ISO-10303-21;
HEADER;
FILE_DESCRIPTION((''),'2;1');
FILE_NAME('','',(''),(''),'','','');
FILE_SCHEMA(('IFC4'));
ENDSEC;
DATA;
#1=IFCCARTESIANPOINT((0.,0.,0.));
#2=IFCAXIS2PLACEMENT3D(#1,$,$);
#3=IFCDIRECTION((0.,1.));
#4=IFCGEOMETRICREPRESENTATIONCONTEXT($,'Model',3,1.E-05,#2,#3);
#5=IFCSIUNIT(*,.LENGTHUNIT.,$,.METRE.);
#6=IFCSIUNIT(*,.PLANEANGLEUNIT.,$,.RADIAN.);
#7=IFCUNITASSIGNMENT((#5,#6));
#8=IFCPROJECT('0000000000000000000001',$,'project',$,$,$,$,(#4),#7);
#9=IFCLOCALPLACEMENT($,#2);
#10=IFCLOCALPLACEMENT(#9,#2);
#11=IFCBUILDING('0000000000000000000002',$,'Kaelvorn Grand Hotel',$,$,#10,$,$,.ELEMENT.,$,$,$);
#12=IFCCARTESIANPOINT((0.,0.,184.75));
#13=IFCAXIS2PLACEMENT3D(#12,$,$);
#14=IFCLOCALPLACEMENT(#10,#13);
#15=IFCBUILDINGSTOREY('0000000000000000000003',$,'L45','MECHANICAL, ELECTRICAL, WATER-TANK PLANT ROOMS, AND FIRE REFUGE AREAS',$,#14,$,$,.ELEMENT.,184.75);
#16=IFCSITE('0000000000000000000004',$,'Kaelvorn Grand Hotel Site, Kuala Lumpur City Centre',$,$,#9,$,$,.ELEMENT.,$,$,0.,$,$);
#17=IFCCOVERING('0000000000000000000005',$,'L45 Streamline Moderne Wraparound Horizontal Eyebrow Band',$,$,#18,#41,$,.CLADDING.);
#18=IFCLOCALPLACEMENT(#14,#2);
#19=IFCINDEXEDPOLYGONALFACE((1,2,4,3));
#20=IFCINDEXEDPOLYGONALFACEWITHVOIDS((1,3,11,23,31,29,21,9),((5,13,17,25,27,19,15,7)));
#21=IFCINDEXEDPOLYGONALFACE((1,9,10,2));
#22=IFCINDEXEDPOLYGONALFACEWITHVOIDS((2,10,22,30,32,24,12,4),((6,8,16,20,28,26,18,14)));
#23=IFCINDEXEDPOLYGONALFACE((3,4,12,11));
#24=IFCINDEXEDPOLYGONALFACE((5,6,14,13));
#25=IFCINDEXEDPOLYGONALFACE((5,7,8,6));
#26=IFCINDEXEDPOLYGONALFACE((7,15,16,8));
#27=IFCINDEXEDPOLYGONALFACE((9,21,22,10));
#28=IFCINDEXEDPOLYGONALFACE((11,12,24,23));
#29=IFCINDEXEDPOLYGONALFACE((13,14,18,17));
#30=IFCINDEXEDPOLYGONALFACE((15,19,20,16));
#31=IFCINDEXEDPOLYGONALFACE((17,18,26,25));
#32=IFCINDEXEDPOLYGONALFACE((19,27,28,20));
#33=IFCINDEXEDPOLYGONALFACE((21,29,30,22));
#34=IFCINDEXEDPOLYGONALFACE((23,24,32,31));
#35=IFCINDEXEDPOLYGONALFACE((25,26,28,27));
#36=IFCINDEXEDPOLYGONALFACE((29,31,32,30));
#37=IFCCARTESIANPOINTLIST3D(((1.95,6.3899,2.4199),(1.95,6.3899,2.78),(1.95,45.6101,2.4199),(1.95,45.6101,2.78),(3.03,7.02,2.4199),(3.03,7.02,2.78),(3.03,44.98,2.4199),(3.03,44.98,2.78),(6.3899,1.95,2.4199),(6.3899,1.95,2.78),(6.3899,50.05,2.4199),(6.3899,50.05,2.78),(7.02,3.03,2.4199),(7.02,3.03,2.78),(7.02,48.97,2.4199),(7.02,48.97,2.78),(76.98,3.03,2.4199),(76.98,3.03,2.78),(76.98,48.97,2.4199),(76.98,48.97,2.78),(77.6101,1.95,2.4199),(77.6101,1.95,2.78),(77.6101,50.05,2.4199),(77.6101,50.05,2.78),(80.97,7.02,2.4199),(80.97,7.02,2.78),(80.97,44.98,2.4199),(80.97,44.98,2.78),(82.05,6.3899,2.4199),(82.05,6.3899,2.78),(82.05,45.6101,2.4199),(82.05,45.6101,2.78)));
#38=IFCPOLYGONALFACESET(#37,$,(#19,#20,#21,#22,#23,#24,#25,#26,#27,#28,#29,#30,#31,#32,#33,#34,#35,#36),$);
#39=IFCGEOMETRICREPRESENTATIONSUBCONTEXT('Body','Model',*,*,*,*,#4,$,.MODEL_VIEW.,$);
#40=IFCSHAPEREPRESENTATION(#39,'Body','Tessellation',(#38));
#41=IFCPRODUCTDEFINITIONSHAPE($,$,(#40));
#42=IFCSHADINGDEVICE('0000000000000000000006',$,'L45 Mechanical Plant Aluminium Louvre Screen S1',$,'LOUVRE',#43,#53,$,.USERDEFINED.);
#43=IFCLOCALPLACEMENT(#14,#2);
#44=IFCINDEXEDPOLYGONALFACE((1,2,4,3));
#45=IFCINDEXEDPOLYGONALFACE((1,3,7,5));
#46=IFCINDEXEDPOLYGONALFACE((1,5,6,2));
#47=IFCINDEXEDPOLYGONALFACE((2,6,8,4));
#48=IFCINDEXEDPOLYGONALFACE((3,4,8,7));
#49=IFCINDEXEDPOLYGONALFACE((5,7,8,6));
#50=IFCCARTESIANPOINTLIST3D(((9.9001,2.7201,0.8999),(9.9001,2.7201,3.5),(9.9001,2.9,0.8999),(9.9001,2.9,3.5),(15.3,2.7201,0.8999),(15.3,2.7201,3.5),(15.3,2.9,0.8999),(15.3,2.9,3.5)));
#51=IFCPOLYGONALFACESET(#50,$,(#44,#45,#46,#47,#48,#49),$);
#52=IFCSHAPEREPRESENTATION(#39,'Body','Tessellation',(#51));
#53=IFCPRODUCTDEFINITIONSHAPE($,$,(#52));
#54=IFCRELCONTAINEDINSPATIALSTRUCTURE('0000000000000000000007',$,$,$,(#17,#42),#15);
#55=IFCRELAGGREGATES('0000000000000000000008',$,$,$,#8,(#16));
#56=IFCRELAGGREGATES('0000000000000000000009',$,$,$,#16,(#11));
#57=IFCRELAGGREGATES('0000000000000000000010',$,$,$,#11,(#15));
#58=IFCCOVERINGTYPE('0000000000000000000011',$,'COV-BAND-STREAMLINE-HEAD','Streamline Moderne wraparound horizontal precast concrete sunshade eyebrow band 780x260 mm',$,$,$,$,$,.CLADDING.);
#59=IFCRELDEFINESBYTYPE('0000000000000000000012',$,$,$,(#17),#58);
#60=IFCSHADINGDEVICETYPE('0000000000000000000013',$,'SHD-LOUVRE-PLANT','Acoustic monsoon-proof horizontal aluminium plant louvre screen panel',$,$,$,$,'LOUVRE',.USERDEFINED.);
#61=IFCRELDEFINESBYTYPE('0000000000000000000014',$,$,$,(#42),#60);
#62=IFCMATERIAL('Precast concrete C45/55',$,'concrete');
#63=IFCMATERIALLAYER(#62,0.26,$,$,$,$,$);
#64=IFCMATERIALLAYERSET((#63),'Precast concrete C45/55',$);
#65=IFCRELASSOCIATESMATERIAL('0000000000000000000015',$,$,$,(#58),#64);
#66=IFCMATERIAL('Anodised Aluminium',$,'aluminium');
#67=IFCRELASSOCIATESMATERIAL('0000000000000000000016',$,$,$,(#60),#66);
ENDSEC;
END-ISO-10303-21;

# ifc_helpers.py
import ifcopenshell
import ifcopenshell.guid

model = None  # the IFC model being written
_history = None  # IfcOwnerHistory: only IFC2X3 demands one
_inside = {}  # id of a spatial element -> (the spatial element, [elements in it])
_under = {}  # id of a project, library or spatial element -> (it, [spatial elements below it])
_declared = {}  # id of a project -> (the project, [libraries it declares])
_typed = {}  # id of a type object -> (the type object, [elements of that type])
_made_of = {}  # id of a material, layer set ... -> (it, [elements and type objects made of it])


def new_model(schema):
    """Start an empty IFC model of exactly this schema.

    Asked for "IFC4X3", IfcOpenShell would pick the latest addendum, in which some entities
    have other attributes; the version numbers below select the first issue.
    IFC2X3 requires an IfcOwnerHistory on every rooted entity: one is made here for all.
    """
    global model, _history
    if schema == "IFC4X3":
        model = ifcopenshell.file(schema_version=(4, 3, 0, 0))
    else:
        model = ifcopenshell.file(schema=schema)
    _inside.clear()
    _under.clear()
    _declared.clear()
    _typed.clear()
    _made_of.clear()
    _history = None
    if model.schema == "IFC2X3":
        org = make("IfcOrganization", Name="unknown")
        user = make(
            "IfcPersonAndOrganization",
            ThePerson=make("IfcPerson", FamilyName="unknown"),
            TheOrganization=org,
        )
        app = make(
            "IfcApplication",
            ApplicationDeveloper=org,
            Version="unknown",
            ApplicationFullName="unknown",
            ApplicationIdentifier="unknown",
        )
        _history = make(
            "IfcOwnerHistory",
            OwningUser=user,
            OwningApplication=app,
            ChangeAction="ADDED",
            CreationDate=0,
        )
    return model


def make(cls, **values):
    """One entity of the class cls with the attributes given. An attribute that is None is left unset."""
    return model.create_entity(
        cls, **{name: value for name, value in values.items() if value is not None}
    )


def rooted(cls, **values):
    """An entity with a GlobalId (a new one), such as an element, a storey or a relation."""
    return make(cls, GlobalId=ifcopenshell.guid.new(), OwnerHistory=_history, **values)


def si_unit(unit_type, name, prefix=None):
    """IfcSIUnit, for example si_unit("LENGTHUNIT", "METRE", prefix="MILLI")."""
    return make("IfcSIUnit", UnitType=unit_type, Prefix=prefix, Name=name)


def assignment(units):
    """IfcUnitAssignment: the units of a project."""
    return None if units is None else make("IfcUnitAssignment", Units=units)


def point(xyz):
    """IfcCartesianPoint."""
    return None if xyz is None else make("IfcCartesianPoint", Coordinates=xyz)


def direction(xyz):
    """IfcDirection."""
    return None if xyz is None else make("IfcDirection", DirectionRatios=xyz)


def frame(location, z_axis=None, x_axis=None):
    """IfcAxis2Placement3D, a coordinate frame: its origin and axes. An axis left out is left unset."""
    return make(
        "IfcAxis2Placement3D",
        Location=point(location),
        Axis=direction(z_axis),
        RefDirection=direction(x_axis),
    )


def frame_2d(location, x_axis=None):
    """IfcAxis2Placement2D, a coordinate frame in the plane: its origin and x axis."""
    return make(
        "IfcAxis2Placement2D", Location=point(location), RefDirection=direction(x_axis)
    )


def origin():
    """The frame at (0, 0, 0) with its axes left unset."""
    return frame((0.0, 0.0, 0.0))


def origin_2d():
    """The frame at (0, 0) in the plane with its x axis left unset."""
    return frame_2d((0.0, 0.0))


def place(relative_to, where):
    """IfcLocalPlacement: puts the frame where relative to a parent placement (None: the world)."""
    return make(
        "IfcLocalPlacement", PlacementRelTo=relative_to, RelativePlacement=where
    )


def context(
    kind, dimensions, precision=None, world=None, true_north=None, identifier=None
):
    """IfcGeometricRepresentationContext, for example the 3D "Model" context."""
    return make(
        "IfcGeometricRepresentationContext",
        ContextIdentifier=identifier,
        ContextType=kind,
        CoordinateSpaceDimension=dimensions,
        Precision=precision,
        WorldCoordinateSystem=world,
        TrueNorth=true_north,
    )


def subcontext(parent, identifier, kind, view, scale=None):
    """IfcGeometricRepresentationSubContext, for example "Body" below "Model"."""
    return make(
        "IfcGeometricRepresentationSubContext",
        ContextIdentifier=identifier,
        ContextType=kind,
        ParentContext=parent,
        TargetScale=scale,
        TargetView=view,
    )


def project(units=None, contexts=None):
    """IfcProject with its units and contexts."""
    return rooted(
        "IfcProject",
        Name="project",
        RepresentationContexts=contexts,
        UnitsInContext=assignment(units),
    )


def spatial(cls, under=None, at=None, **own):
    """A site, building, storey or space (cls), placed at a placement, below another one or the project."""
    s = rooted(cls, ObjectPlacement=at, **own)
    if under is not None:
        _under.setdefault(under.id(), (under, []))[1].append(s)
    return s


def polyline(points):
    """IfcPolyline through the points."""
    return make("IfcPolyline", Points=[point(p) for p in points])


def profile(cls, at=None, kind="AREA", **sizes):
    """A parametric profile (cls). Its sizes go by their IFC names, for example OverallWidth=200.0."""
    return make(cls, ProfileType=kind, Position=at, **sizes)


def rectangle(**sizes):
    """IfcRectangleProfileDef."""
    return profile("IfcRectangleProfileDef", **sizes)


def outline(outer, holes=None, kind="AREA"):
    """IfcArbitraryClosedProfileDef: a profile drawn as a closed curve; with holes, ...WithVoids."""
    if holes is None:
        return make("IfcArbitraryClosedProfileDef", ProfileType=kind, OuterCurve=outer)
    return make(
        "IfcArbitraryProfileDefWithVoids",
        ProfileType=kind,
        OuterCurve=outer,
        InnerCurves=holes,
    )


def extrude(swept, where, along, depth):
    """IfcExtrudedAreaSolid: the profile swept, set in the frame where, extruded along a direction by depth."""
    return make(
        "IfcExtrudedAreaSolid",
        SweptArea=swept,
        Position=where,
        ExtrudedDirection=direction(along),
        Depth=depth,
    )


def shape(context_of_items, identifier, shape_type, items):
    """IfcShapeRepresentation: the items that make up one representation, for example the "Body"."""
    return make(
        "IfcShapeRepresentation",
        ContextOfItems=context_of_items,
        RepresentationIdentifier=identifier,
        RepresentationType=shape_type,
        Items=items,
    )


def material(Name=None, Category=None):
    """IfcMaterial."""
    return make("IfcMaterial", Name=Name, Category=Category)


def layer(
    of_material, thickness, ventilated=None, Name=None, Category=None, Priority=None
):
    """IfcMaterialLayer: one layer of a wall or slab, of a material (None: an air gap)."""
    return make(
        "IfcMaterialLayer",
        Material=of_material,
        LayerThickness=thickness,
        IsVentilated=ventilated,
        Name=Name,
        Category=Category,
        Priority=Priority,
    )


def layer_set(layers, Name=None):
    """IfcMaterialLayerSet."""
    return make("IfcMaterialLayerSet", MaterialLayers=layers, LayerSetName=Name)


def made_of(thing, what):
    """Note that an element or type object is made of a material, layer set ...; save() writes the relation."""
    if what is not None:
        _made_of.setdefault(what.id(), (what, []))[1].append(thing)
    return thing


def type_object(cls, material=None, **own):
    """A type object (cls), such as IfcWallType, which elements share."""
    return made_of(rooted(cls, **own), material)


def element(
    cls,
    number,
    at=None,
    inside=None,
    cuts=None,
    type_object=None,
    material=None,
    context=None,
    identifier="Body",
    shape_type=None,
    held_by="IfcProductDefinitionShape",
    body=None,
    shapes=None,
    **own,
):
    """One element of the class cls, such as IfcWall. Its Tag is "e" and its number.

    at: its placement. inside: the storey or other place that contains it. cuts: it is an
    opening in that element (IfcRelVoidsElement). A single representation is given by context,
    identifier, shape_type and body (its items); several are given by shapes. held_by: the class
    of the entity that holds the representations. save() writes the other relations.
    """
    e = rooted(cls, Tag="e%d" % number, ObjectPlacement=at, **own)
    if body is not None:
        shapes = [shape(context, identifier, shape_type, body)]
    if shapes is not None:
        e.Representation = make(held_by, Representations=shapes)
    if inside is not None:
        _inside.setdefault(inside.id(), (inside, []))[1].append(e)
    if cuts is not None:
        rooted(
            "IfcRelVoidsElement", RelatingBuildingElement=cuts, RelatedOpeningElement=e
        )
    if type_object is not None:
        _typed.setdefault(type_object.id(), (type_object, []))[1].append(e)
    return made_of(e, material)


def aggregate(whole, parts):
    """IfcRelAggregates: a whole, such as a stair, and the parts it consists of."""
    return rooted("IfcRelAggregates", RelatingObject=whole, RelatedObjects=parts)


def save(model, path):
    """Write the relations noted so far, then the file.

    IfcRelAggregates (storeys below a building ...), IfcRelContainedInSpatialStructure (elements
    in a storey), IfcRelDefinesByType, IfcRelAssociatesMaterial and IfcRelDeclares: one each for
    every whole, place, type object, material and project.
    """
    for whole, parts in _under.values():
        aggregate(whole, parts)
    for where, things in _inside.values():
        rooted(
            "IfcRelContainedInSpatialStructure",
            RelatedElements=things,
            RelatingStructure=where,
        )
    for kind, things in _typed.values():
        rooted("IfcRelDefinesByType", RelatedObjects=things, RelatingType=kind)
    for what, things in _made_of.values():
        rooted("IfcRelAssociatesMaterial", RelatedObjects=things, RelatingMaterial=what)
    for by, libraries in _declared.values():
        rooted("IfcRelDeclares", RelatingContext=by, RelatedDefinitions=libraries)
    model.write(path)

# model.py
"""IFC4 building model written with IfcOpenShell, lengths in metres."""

from ifc_helpers import new_model, si_unit, direction, frame, origin, origin_2d, place, context, subcontext, project, spatial, polyline, rectangle, outline, extrude, material, layer, layer_set, type_object, element, save


model = new_model("IFC4")

# Units and contexts
model_context = context("Model", 3, precision=1e-05, world=origin(), true_north=direction((0.0, 1.0)))
body_context = subcontext(model_context, "Body", "Model", "MODEL_VIEW")
ifc_project = project(units=[si_unit("LENGTHUNIT", "METRE"), si_unit("PLANEANGLEUNIT", "RADIAN")], contexts=[model_context])

# Site, building, storey
site_placement = place(None, origin())
site = spatial("IfcSite", under=ifc_project, at=site_placement, Name="Kaelvorn Grand Hotel Site, Kuala Lumpur City Centre", CompositionType="ELEMENT", RefElevation=0.0)
building_placement = place(site_placement, origin())
building = spatial("IfcBuilding", under=site, at=building_placement, Name="Kaelvorn Grand Hotel", CompositionType="ELEMENT")
storey_placement = place(building_placement, frame((0.0, 0.0, 184.75)))
storey = spatial("IfcBuildingStorey", under=building, at=storey_placement, Name="L45", Description="MECHANICAL, ELECTRICAL, WATER-TANK PLANT ROOMS, AND FIRE REFUGE AREAS", CompositionType="ELEMENT", Elevation=184.75)

# Covering
ifc_material_1 = material(Name="Precast concrete C45/55", Category="concrete")
ifc_layer_1 = layer(ifc_material_1, 0.26)
ifc_layer_set_1 = layer_set([ifc_layer_1], Name="Precast concrete C45/55")
covering_type = type_object("IfcCoveringType", Name="COV-BAND-STREAMLINE-HEAD", Description="Streamline Moderne wraparound horizontal precast concrete sunshade eyebrow band 780x260 mm", PredefinedType="CLADDING", material=ifc_layer_set_1)
covering_placement = place(storey_placement, frame((0.0, 0.0, 2.4199)))
element("IfcCovering", 1, at=covering_placement, inside=storey, type_object=covering_type, Name="L45 Streamline Moderne Wraparound Horizontal Eyebrow Band", PredefinedType="CLADDING", context=body_context, shape_type="SweptSolid", body=[
    extrude(outline(polyline([(6.3899, 1.95), (77.6101, 1.95), (82.05, 6.3899), (82.05, 45.6101), (77.6101, 50.05), (6.3899, 50.05), (1.95, 45.6101), (1.95, 6.3899), (6.3899, 1.95)]), holes=[polyline([(7.02, 3.03), (76.98, 3.03), (80.97, 7.02), (80.97, 44.98), (76.98, 48.97), (7.02, 48.97), (3.03, 44.98), (3.03, 7.02), (7.02, 3.03)])]), origin(), (0.0, 0.0, 1.0), 0.3601),
])

# Shading device
ifc_material_2 = material(Name="Anodised Aluminium", Category="aluminium")
shading_device_type = type_object("IfcShadingDeviceType", Name="SHD-LOUVRE-PLANT", Description="Acoustic monsoon-proof horizontal aluminium plant louvre screen panel", ElementType="LOUVRE", PredefinedType="USERDEFINED", material=ifc_material_2)
shading_device_placement = place(storey_placement, frame((12.6001, 2.8101, 0.8999), z_axis=(0.0, 0.0, 1.0), x_axis=(1.0, 0.0, 0.0)))
element("IfcShadingDevice", 2, at=shading_device_placement, inside=storey, type_object=shading_device_type, Name="L45 Mechanical Plant Aluminium Louvre Screen S1", ObjectType="LOUVRE", PredefinedType="USERDEFINED", context=body_context, shape_type="SweptSolid", body=[
    extrude(rectangle(XDim=5.3999, YDim=0.1799, at=origin_2d()), origin(), (0.0, 0.0, 1.0), 2.6001),
])

save(model, "model.ifc")
